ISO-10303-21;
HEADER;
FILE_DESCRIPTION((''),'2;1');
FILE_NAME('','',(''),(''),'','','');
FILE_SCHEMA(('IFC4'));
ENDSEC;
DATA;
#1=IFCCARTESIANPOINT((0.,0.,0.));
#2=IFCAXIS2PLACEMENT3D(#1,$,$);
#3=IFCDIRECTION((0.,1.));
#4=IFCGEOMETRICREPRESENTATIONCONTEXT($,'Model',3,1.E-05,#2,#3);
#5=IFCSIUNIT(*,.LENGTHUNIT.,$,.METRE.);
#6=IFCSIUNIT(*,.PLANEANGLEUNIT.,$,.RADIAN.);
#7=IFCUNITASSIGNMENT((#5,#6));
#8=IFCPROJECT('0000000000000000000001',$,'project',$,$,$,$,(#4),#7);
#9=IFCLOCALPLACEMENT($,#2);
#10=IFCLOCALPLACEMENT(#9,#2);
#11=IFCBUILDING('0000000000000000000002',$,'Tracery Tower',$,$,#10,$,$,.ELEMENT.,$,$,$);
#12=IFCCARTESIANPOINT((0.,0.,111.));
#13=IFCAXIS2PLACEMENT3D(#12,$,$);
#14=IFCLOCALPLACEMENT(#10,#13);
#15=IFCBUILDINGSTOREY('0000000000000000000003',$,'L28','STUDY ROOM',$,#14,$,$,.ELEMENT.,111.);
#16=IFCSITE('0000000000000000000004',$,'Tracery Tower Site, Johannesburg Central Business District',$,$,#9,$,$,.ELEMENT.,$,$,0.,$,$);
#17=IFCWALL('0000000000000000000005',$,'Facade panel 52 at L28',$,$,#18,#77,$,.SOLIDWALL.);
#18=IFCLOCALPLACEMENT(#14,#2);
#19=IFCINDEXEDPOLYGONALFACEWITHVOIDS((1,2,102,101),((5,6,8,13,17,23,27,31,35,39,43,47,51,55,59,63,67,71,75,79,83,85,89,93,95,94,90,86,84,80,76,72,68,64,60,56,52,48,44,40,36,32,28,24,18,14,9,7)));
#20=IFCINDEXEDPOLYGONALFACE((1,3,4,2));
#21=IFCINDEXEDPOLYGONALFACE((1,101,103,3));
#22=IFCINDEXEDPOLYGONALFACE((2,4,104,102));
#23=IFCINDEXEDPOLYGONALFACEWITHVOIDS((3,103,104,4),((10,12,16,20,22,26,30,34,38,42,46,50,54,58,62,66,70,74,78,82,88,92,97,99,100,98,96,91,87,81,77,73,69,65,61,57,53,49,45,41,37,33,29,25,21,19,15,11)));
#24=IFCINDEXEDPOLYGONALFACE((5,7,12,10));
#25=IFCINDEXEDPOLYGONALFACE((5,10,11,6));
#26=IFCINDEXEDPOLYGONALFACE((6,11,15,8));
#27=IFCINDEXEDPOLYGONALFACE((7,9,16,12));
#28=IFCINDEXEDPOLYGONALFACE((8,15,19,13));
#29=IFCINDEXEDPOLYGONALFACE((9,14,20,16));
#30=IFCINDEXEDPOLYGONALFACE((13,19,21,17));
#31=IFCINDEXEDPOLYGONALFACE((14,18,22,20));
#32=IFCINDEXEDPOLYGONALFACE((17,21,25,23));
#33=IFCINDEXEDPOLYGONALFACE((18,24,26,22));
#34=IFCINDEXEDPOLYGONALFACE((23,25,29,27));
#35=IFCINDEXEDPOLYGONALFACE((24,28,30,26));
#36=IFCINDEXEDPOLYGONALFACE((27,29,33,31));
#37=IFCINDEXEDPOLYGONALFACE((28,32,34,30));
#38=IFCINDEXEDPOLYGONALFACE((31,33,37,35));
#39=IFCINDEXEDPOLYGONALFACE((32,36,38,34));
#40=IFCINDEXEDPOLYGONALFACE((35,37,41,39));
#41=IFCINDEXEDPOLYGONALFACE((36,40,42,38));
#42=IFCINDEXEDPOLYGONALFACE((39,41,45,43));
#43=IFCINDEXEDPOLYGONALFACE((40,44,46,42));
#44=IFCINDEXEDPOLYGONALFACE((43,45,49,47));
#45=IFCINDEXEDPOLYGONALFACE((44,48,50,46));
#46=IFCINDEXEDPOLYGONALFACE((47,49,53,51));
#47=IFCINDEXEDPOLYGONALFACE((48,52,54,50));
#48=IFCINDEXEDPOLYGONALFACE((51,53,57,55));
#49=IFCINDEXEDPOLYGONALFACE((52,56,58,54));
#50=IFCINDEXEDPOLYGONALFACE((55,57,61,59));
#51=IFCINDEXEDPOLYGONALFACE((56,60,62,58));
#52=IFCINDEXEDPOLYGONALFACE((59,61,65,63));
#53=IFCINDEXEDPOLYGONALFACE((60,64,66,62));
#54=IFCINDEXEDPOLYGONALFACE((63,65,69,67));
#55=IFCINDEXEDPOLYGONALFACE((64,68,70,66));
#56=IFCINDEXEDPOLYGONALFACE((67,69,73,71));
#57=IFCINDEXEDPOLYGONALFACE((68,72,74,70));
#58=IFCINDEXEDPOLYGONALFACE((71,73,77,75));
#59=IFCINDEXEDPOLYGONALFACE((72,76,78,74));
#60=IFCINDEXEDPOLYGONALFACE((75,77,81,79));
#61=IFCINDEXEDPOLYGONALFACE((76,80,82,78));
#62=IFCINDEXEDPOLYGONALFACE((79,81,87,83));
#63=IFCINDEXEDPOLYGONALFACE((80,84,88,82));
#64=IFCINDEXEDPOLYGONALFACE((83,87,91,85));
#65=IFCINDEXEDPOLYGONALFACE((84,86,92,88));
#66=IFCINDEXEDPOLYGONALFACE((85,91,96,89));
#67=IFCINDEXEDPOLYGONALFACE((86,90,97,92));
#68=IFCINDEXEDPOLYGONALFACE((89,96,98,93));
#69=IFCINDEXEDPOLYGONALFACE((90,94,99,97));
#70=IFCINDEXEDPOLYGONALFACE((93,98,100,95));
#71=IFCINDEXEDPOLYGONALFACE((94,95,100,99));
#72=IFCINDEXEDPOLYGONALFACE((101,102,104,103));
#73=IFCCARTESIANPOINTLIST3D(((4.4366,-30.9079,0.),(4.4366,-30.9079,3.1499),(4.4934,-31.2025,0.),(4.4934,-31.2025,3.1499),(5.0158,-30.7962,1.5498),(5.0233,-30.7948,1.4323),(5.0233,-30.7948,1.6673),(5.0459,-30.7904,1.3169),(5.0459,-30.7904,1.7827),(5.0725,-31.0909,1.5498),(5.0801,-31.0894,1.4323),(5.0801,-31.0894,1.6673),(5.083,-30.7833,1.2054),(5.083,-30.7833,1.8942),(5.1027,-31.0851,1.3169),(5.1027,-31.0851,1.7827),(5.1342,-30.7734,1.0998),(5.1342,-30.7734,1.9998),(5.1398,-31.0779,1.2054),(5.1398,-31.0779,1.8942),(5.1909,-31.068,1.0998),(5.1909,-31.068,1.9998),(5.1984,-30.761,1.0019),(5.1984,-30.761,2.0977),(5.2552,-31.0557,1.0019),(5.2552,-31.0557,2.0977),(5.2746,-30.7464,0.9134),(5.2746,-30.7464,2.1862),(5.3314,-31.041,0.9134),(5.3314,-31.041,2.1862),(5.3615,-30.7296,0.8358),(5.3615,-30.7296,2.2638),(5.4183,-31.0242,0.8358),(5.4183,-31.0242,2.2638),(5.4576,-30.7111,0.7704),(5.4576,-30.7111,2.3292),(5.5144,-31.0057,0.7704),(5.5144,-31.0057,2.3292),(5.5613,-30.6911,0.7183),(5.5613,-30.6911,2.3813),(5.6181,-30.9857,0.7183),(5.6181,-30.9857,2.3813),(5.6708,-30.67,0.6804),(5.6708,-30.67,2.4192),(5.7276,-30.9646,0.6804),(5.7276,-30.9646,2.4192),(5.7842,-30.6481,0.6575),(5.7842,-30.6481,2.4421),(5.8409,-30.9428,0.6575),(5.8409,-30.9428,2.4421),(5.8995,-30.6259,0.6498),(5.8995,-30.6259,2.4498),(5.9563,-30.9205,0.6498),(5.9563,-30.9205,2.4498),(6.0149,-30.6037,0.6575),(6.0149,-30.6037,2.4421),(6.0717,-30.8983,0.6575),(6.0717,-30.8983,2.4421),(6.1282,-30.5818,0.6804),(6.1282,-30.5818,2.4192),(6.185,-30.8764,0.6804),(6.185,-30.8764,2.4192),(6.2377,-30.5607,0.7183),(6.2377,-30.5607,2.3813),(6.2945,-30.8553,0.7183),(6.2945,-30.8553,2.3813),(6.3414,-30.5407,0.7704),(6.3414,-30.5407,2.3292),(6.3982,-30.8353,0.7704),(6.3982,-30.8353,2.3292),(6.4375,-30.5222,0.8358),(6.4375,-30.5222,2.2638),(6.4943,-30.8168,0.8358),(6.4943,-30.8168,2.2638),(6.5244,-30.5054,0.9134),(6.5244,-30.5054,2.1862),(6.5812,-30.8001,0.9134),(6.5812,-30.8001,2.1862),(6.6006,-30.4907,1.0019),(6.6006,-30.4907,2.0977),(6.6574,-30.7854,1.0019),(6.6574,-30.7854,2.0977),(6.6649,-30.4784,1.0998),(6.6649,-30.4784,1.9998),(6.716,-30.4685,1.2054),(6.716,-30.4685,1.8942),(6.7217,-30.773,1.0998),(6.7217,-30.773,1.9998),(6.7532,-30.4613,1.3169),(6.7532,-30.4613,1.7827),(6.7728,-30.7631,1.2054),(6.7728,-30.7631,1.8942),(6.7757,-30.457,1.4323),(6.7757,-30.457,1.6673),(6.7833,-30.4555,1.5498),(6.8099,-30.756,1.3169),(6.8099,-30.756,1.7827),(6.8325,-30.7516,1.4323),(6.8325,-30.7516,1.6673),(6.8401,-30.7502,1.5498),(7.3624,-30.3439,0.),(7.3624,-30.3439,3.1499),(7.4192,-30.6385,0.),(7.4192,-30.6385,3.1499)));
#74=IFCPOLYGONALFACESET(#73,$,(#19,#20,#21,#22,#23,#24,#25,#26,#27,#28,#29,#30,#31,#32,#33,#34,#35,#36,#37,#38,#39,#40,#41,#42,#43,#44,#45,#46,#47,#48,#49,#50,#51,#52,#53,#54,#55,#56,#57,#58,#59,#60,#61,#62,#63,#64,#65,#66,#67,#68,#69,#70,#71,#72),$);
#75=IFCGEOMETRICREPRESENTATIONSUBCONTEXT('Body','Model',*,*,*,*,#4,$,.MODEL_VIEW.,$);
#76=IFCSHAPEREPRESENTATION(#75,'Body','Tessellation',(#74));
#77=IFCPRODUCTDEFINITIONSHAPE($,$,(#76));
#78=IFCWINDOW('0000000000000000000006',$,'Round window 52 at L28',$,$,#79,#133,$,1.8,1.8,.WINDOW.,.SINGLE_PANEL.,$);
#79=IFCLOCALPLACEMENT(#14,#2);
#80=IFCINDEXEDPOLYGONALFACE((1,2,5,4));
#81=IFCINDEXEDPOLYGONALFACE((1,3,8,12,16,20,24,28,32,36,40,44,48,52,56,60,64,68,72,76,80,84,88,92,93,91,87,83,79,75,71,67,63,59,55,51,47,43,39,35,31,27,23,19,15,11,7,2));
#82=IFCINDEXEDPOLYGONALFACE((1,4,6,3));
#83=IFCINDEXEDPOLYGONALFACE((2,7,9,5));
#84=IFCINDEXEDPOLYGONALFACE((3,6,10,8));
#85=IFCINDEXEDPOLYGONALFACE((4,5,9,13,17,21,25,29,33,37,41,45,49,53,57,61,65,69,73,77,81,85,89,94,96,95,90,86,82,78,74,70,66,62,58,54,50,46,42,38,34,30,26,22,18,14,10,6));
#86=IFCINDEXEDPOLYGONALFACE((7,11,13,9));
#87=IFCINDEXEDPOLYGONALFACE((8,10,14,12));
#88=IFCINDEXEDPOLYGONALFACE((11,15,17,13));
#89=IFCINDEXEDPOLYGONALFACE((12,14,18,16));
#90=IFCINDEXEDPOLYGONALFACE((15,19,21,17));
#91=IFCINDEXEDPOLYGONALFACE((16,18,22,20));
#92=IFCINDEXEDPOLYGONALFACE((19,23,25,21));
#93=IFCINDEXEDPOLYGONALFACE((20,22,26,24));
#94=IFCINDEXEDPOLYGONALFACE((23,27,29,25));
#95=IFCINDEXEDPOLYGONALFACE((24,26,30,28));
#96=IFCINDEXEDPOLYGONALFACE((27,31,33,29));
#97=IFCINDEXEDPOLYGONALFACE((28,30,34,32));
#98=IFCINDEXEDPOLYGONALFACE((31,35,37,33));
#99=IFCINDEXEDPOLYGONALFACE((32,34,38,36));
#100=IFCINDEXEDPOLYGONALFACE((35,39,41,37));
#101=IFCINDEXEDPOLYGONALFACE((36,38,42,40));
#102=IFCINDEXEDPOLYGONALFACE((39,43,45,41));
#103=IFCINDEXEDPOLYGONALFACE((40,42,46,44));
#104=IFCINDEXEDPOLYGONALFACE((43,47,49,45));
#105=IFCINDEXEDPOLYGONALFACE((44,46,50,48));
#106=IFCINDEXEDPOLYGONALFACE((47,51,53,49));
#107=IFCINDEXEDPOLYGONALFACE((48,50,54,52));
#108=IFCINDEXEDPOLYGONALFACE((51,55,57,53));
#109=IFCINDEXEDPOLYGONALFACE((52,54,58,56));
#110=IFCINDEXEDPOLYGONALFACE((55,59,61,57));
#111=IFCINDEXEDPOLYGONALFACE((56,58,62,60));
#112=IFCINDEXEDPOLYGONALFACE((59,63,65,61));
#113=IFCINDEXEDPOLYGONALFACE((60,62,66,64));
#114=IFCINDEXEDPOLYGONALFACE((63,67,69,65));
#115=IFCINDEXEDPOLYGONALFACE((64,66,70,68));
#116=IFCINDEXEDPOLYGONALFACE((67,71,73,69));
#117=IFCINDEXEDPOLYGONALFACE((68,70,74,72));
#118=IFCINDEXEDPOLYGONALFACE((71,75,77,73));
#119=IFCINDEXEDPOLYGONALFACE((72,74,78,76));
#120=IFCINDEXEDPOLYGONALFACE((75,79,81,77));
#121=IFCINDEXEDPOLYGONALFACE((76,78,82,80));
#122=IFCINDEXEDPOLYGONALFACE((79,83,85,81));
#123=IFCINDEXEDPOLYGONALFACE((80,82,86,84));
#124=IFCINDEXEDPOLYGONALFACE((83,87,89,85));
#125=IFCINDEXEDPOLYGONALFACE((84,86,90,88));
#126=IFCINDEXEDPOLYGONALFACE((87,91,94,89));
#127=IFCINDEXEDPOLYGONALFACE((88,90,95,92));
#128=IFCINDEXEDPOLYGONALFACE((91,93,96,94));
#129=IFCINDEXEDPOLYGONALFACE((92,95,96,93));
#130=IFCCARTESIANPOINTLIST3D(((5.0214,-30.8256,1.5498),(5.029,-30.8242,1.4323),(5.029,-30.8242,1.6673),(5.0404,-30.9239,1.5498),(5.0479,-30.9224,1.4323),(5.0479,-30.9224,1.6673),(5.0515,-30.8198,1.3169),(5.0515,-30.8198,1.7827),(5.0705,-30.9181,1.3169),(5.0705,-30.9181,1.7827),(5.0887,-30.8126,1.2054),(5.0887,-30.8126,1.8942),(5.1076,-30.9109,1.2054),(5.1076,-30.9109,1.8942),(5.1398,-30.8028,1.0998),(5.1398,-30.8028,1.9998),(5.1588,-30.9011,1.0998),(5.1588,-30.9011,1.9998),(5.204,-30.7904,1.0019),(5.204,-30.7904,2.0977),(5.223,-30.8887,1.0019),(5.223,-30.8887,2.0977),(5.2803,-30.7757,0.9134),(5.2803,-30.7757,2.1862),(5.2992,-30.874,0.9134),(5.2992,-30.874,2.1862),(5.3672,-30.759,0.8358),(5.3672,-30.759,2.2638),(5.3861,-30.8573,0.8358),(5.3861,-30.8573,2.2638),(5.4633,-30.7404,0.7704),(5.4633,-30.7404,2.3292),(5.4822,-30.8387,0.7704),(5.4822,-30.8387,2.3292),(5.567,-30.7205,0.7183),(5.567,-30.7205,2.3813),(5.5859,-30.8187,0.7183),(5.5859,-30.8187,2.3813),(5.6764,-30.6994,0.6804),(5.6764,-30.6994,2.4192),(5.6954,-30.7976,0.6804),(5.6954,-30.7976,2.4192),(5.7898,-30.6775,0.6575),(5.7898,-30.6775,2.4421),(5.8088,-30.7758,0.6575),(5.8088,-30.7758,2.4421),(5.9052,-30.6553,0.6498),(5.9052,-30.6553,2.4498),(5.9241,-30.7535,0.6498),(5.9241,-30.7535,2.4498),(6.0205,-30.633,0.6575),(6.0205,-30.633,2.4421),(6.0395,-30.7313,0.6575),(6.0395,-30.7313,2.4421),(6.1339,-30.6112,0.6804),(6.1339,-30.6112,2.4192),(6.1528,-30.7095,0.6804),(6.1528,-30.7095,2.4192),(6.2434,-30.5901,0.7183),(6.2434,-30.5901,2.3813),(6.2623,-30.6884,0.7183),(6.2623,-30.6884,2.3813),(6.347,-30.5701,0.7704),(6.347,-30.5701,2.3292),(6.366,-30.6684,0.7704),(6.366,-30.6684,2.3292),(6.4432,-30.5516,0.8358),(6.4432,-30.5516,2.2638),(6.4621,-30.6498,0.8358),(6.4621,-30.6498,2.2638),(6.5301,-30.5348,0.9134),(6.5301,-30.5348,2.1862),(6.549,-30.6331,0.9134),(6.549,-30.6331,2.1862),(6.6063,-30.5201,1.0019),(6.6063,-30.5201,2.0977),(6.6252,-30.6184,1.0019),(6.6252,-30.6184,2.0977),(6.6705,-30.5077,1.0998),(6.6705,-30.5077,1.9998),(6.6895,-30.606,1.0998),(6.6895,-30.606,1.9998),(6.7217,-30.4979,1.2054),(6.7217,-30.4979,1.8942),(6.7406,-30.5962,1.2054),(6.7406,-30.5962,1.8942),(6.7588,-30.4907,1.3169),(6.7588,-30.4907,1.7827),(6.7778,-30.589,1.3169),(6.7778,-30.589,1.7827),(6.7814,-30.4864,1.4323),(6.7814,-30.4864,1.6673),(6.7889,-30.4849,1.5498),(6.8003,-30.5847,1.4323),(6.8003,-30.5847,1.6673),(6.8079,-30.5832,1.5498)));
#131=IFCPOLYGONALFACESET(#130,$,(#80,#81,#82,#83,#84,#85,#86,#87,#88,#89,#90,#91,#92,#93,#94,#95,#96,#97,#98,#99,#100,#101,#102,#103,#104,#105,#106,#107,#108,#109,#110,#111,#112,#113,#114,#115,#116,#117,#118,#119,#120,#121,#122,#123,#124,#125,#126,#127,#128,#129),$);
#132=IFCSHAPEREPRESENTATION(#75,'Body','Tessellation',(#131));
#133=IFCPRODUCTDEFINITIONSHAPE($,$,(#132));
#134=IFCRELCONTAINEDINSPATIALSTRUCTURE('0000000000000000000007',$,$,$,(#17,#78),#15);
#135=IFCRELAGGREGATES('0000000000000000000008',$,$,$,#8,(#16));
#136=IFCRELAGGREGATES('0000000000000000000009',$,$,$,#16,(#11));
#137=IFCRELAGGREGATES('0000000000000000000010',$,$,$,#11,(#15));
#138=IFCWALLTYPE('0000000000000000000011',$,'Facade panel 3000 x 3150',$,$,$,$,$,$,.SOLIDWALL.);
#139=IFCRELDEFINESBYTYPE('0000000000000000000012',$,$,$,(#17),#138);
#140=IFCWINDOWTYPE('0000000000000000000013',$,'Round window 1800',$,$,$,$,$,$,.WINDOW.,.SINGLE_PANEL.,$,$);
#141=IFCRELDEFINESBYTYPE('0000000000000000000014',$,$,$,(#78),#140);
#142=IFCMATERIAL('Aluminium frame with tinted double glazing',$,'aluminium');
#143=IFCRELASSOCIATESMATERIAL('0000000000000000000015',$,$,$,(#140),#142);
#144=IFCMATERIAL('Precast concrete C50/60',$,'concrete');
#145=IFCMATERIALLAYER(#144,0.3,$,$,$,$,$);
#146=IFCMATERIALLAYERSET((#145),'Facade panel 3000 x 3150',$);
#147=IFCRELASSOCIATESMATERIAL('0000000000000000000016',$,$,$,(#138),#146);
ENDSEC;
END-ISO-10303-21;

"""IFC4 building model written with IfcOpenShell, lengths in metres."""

from ifc_helpers import new_model, si_unit, direction, frame, frame_2d, origin, origin_2d, place, context, subcontext, project, spatial, rectangle, circle, extrude, material, layer, layer_set, type_object, element, fill, save


model = new_model("IFC4")

# Units and contexts
model_context = context("Model", 3, precision=1e-05, world=origin(), true_north=direction((0.0, 1.0)))
body_context = subcontext(model_context, "Body", "Model", "MODEL_VIEW")
ifc_project = project(units=[si_unit("LENGTHUNIT", "METRE"), si_unit("PLANEANGLEUNIT", "RADIAN")], contexts=[model_context])

# Site, building, storey
site_placement = place(None, origin())
site = spatial("IfcSite", under=ifc_project, at=site_placement, Name="Tracery Tower Site, Johannesburg Central Business District", CompositionType="ELEMENT", RefElevation=0.0)
building_placement = place(site_placement, origin())
building = spatial("IfcBuilding", under=site, at=building_placement, Name="Tracery Tower", CompositionType="ELEMENT")
storey_placement = place(building_placement, frame((0.0, 0.0, 111.0)))
storey = spatial("IfcBuildingStorey", under=building, at=storey_placement, Name="L28", Description="STUDY ROOM", CompositionType="ELEMENT", Elevation=111.0)

# Wall, opening, window
ifc_material_1 = material(Name="Aluminium frame with tinted double glazing", Category="aluminium")
window_type = type_object("IfcWindowType", Name="Round window 1800", PartitioningType="SINGLE_PANEL", PredefinedType="WINDOW", material=ifc_material_1)
ifc_material_2 = material(Name="Precast concrete C50/60", Category="concrete")
ifc_layer_1 = layer(ifc_material_2, 0.3)
ifc_layer_set_1 = layer_set([ifc_layer_1], Name="Facade panel 3000 x 3150")
wall_type_1 = type_object("IfcWallType", Name="Facade panel 3000 x 3150", PredefinedType="SOLIDWALL", material=ifc_layer_set_1)
wall_1_placement = place(storey_placement, frame((4.4651, -31.0552, 0.0), z_axis=(0.0, 0.0, 1.0), x_axis=(0.981925, 0.189273, 0.0)))
wall_1 = element("IfcWall", 1, at=wall_1_placement, inside=storey, type_object=wall_type_1, Name="Facade panel 52 at L28", PredefinedType="SOLIDWALL", context=body_context, shape_type="SweptSolid", body=[
    extrude(rectangle(XDim=2.9797, YDim=0.3, at=frame_2d((1.4897, 0.0))), origin(), (0.0, 0.0, 1.0), 3.1499),
])
opening_1_placement = place(wall_1_placement, frame((1.4897, 0.0, 1.5498)))
opening_1 = element("IfcOpeningElement", 2, at=opening_1_placement, cuts=wall_1, PredefinedType="OPENING", context=body_context, shape_type="SweptSolid", body=[
    extrude(circle(Radius=0.9, at=origin_2d()), frame((0.0, 0.1599, 0.0), z_axis=(0.0, -1.0, 0.0), x_axis=(1.0, 0.0, 0.0)), (0.0, 0.0, 1.0), 0.3201),
])
window_1_placement = place(opening_1_placement, origin())
window_1 = element("IfcWindow", 3, at=window_1_placement, inside=storey, type_object=window_type, Name="Round window 52 at L28", OverallHeight=1.8, OverallWidth=1.8, PartitioningType="SINGLE_PANEL", PredefinedType="WINDOW", context=body_context, shape_type="SweptSolid", body=[
    extrude(circle(Radius=0.9, at=origin_2d()), frame((0.0, 0.1201, 0.0), z_axis=(0.0, -1.0, 0.0), x_axis=(1.0, 0.0, 0.0)), (0.0, 0.0, 1.0), 0.1001),
])
fill(opening_1, window_1)

save(model, "model.ifc")
